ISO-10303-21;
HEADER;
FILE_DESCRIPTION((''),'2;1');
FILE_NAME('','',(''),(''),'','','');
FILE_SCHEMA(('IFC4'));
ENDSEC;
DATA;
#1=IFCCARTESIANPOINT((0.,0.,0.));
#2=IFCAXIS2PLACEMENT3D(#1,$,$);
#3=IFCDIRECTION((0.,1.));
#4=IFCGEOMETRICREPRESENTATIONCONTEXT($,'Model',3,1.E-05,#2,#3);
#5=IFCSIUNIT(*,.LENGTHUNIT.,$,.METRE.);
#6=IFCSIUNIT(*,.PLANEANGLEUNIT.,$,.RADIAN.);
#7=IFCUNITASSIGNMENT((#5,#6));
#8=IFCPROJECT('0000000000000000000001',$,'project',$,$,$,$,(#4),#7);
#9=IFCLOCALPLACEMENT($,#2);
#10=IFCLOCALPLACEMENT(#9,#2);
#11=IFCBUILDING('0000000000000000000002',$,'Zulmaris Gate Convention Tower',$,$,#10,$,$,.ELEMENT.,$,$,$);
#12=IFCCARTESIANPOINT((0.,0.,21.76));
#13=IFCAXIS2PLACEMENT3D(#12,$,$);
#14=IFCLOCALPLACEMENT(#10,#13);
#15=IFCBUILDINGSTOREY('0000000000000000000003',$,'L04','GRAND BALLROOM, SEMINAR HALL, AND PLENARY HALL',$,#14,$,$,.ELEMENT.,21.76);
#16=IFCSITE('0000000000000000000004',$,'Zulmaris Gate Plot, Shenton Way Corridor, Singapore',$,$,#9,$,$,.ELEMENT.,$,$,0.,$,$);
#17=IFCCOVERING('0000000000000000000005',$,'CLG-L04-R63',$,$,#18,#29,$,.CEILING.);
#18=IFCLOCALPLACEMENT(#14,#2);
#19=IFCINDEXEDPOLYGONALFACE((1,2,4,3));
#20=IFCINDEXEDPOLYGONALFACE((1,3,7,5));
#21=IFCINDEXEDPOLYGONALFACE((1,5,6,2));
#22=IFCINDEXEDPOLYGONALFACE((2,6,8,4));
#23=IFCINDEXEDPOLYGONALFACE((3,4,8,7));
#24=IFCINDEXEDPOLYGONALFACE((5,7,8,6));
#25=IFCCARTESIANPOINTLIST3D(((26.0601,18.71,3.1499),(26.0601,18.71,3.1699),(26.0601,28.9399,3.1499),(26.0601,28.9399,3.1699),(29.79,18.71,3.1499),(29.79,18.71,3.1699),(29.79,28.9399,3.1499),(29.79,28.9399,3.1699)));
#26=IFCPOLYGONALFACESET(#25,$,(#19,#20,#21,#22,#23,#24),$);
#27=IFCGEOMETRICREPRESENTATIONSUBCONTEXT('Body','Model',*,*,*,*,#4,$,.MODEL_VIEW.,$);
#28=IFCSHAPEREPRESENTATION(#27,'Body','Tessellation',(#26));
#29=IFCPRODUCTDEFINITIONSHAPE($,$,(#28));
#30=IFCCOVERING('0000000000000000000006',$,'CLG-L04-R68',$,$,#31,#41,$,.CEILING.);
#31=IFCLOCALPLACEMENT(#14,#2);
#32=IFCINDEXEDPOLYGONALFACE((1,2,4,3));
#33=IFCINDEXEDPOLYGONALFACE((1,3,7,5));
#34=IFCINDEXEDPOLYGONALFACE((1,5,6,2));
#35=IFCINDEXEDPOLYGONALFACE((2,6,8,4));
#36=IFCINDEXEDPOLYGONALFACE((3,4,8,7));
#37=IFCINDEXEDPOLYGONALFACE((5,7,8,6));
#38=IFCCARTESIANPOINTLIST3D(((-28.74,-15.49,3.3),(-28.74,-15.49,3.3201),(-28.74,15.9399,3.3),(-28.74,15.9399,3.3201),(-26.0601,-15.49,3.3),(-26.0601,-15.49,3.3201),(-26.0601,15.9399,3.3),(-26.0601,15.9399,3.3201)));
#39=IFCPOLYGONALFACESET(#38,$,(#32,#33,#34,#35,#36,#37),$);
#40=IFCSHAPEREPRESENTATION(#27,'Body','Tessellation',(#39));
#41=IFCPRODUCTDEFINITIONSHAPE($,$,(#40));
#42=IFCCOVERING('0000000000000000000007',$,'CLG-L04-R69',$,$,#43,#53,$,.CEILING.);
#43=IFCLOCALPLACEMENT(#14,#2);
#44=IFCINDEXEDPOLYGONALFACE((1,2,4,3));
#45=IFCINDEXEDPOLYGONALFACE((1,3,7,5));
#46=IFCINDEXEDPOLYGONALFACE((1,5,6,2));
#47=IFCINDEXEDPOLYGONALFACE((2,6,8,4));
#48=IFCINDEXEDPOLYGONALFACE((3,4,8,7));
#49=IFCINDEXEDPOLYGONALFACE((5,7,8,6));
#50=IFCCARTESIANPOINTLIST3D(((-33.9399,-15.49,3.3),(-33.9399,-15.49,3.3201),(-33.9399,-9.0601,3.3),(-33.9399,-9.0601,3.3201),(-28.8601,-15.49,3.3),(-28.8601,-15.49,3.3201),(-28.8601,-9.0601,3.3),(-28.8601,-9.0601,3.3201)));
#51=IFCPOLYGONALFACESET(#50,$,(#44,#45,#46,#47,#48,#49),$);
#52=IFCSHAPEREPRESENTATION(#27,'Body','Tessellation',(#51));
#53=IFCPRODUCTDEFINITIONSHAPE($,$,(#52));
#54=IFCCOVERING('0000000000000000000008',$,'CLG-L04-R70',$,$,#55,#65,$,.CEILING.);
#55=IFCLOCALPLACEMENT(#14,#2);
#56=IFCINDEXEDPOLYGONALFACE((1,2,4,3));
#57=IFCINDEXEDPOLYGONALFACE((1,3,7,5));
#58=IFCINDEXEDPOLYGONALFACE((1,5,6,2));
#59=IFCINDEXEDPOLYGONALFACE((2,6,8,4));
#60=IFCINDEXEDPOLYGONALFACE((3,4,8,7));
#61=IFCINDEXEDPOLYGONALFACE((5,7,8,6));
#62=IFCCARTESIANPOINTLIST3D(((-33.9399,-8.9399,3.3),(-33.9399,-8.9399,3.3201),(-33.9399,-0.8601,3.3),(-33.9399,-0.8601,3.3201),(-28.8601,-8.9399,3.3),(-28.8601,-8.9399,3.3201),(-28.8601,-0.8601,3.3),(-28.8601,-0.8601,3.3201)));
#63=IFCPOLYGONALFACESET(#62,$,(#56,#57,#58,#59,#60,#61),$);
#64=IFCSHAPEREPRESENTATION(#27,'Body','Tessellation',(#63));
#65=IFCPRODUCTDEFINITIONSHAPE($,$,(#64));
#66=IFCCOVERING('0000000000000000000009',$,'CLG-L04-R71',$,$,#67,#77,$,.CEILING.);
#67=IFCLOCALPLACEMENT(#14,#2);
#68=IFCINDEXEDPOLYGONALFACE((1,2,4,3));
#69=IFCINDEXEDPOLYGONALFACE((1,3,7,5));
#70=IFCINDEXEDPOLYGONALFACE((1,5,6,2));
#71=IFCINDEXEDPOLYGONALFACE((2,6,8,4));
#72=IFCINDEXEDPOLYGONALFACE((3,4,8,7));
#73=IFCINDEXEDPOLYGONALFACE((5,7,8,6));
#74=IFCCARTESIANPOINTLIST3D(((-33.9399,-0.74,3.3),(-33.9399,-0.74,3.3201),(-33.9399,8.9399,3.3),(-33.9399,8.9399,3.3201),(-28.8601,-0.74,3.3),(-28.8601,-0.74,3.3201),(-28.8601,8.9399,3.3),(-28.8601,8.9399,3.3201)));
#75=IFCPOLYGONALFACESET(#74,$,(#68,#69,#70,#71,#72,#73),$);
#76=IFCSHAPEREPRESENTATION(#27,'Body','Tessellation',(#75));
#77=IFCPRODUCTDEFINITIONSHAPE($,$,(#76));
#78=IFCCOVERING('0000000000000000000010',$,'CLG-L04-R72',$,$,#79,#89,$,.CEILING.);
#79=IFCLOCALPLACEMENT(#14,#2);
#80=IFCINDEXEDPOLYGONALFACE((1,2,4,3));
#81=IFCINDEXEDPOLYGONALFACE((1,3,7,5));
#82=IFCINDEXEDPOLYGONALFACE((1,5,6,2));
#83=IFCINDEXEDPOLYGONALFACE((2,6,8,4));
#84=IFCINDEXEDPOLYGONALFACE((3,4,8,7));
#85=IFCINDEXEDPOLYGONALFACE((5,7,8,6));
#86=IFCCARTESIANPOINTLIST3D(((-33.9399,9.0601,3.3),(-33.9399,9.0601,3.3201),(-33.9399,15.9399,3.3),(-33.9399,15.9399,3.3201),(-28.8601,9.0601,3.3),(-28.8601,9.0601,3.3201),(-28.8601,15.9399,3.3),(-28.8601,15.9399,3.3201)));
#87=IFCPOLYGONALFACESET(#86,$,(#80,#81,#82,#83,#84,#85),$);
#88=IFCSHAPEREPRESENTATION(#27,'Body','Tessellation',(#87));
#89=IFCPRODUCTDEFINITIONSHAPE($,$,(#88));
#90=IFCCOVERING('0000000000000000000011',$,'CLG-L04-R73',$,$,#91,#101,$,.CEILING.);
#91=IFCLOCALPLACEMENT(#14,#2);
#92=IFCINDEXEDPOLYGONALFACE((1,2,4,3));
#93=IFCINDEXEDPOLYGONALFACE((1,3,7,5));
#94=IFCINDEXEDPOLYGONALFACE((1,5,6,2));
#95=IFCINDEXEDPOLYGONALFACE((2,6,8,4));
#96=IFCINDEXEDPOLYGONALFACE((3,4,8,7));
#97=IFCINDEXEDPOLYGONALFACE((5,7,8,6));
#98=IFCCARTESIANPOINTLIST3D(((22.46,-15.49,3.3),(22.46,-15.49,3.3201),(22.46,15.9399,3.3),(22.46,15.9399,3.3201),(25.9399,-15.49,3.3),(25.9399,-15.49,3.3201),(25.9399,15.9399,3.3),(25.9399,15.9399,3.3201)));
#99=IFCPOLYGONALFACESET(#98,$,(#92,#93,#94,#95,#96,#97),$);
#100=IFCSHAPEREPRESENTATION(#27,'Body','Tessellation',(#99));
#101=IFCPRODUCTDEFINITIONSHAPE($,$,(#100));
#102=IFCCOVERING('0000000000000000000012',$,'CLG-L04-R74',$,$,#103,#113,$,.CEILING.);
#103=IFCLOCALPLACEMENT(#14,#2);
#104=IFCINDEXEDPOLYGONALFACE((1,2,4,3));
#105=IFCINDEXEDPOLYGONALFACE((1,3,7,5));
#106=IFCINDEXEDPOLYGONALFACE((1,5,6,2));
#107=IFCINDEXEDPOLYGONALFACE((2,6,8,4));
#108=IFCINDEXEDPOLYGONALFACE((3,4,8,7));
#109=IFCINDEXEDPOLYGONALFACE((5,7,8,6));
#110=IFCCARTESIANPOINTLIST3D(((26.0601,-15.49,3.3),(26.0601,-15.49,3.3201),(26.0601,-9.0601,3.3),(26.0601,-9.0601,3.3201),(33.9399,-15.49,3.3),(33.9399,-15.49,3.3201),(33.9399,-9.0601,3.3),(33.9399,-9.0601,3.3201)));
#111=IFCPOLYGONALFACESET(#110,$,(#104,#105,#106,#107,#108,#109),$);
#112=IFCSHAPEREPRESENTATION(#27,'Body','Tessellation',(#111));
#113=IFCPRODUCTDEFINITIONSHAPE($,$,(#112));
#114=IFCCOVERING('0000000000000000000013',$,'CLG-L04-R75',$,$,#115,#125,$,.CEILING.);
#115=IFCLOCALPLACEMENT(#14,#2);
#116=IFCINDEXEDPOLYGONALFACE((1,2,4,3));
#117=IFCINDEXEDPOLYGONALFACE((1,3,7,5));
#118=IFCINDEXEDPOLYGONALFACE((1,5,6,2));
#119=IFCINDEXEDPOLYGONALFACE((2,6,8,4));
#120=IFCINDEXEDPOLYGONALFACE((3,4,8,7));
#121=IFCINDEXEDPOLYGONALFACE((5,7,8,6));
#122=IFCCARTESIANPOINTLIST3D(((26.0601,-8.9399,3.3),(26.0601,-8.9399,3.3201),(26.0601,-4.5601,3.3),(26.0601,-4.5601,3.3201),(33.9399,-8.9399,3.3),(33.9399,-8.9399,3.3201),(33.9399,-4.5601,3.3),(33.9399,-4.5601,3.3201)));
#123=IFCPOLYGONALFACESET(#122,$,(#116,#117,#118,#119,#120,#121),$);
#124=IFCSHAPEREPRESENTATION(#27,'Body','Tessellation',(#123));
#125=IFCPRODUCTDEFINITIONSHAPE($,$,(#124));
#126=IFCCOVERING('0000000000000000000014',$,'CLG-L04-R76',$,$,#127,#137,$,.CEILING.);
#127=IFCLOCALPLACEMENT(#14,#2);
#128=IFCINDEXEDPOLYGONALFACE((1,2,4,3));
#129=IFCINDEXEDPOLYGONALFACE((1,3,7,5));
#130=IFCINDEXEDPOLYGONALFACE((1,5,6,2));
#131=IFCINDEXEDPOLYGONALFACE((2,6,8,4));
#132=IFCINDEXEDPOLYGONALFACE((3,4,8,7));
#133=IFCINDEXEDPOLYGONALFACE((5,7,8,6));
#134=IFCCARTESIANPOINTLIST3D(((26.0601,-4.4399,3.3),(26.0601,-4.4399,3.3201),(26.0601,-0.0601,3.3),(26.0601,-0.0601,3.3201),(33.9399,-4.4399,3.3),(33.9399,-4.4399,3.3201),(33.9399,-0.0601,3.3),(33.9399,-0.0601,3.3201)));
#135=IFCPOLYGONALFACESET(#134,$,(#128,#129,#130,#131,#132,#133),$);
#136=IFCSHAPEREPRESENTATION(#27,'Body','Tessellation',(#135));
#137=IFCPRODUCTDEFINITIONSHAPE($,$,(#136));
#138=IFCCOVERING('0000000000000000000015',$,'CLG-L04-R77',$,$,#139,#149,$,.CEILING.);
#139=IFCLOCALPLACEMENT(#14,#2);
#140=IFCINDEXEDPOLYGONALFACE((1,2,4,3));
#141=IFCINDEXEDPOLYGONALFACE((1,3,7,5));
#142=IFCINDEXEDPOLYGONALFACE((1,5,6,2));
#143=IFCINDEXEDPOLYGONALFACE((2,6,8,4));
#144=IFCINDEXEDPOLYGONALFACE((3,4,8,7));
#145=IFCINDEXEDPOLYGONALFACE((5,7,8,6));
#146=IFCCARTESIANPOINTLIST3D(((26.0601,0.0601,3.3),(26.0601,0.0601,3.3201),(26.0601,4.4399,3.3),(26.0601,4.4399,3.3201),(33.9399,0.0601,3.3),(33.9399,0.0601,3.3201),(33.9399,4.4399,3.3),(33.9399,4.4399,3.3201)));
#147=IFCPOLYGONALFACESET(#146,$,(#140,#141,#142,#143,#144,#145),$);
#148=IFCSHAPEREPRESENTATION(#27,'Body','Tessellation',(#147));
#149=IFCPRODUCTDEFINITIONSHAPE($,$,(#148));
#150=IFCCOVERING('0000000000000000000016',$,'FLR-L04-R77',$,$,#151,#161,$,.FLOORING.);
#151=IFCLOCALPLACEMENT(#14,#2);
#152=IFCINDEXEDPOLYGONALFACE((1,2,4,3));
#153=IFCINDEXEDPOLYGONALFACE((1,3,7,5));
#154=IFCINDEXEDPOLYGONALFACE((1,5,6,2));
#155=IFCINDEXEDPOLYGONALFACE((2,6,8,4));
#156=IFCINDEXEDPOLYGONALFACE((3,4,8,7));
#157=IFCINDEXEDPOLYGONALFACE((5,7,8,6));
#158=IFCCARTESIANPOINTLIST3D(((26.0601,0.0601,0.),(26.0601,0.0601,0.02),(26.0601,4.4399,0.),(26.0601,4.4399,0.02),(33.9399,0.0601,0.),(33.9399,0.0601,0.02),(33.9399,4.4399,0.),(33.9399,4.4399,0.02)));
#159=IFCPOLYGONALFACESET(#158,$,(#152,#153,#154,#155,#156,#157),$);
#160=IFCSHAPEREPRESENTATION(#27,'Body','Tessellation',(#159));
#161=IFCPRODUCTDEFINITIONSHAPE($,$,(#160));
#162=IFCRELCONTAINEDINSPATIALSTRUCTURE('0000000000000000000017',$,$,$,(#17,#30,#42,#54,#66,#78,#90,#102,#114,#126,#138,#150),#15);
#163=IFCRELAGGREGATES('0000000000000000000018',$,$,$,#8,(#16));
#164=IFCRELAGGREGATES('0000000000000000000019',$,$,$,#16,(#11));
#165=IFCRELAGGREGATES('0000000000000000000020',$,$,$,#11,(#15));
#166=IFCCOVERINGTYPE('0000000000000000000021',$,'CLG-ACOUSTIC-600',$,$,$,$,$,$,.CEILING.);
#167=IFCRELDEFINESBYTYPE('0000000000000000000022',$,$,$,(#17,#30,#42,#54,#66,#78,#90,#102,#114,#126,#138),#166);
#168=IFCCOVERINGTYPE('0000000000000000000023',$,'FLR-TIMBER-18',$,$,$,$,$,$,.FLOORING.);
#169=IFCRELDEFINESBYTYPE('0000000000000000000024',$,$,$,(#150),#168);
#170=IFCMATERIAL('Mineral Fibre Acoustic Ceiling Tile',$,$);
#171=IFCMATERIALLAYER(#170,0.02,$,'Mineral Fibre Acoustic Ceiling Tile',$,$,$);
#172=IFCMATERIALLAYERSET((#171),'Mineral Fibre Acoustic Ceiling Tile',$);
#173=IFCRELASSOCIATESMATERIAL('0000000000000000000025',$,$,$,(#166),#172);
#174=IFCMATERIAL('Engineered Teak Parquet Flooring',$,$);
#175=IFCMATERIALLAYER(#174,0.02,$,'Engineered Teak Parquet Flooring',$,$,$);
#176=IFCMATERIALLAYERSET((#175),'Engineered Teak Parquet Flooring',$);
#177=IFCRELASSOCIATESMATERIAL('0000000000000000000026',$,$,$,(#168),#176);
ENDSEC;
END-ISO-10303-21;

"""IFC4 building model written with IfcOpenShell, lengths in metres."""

from ifc_helpers import new_model, si_unit, direction, frame, origin, place, context, subcontext, project, spatial, polyline, outline, extrude, material, layer, layer_set, type_object, element, save


model = new_model("IFC4")

# Units and contexts
model_context = context("Model", 3, precision=1e-05, world=origin(), true_north=direction((0.0, 1.0)))
body_context = subcontext(model_context, "Body", "Model", "MODEL_VIEW")
ifc_project = project(units=[si_unit("LENGTHUNIT", "METRE"), si_unit("PLANEANGLEUNIT", "RADIAN")], contexts=[model_context])

# Site, building, storey
site_placement = place(None, origin())
site = spatial("IfcSite", under=ifc_project, at=site_placement, Name="Zulmaris Gate Plot, Shenton Way Corridor, Singapore", CompositionType="ELEMENT", RefElevation=0.0)
building_placement = place(site_placement, origin())
building = spatial("IfcBuilding", under=site, at=building_placement, Name="Zulmaris Gate Convention Tower", CompositionType="ELEMENT")
storey_placement = place(building_placement, frame((0.0, 0.0, 21.76)))
storey = spatial("IfcBuildingStorey", under=building, at=storey_placement, Name="L04", Description="GRAND BALLROOM, SEMINAR HALL, AND PLENARY HALL", CompositionType="ELEMENT", Elevation=21.76)

# Coverings
ifc_material_1 = material(Name="Mineral Fibre Acoustic Ceiling Tile")
ifc_layer_1 = layer(ifc_material_1, 0.02, Name="Mineral Fibre Acoustic Ceiling Tile")
ifc_layer_set_1 = layer_set([ifc_layer_1], Name="Mineral Fibre Acoustic Ceiling Tile")
covering_type_1 = type_object("IfcCoveringType", Name="CLG-ACOUSTIC-600", PredefinedType="CEILING", material=ifc_layer_set_1)
covering_1_placement = place(storey_placement, frame((0.0, 0.0, 3.1499)))
element("IfcCovering", 1, at=covering_1_placement, inside=storey, type_object=covering_type_1, Name="CLG-L04-R63", PredefinedType="CEILING", context=body_context, shape_type="SweptSolid", body=[
    extrude(outline(polyline([(26.0601, 18.71), (29.79, 18.71), (29.79, 28.9399), (26.0601, 28.9399), (26.0601, 18.71)])), origin(), (0.0, 0.0, 1.0), 0.02),
])
covering_2_placement = place(storey_placement, frame((0.0, 0.0, 3.3)))
element("IfcCovering", 2, at=covering_2_placement, inside=storey, type_object=covering_type_1, Name="CLG-L04-R68", PredefinedType="CEILING", context=body_context, shape_type="SweptSolid", body=[
    extrude(outline(polyline([(-28.74, -15.49), (-26.0601, -15.49), (-26.0601, 15.9399), (-28.74, 15.9399), (-28.74, -15.49)])), origin(), (0.0, 0.0, 1.0), 0.02),
])
covering_3_placement = place(storey_placement, frame((0.0, 0.0, 3.3)))
element("IfcCovering", 3, at=covering_3_placement, inside=storey, type_object=covering_type_1, Name="CLG-L04-R69", PredefinedType="CEILING", context=body_context, shape_type="SweptSolid", body=[
    extrude(outline(polyline([(-33.9399, -15.49), (-28.8601, -15.49), (-28.8601, -9.0601), (-33.9399, -9.0601), (-33.9399, -15.49)])), origin(), (0.0, 0.0, 1.0), 0.02),
])
covering_4_placement = place(storey_placement, frame((0.0, 0.0, 3.3)))
element("IfcCovering", 4, at=covering_4_placement, inside=storey, type_object=covering_type_1, Name="CLG-L04-R70", PredefinedType="CEILING", context=body_context, shape_type="SweptSolid", body=[
    extrude(outline(polyline([(-33.9399, -8.9399), (-28.8601, -8.9399), (-28.8601, -0.8601), (-33.9399, -0.8601), (-33.9399, -8.9399)])), origin(), (0.0, 0.0, 1.0), 0.02),
])
covering_5_placement = place(storey_placement, frame((0.0, 0.0, 3.3)))
element("IfcCovering", 5, at=covering_5_placement, inside=storey, type_object=covering_type_1, Name="CLG-L04-R71", PredefinedType="CEILING", context=body_context, shape_type="SweptSolid", body=[
    extrude(outline(polyline([(-33.9399, -0.74), (-28.8601, -0.74), (-28.8601, 8.9399), (-33.9399, 8.9399), (-33.9399, -0.74)])), origin(), (0.0, 0.0, 1.0), 0.02),
])
covering_6_placement = place(storey_placement, frame((0.0, 0.0, 3.3)))
element("IfcCovering", 6, at=covering_6_placement, inside=storey, type_object=covering_type_1, Name="CLG-L04-R72", PredefinedType="CEILING", context=body_context, shape_type="SweptSolid", body=[
    extrude(outline(polyline([(-33.9399, 9.0601), (-28.8601, 9.0601), (-28.8601, 15.9399), (-33.9399, 15.9399), (-33.9399, 9.0601)])), origin(), (0.0, 0.0, 1.0), 0.02),
])
covering_7_placement = place(storey_placement, frame((0.0, 0.0, 3.3)))
element("IfcCovering", 7, at=covering_7_placement, inside=storey, type_object=covering_type_1, Name="CLG-L04-R73", PredefinedType="CEILING", context=body_context, shape_type="SweptSolid", body=[
    extrude(outline(polyline([(22.46, -15.49), (25.9399, -15.49), (25.9399, 15.9399), (22.46, 15.9399), (22.46, -15.49)])), origin(), (0.0, 0.0, 1.0), 0.02),
])
covering_8_placement = place(storey_placement, frame((0.0, 0.0, 3.3)))
element("IfcCovering", 8, at=covering_8_placement, inside=storey, type_object=covering_type_1, Name="CLG-L04-R74", PredefinedType="CEILING", context=body_context, shape_type="SweptSolid", body=[
    extrude(outline(polyline([(26.0601, -15.49), (33.9399, -15.49), (33.9399, -9.0601), (26.0601, -9.0601), (26.0601, -15.49)])), origin(), (0.0, 0.0, 1.0), 0.02),
])
covering_9_placement = place(storey_placement, frame((0.0, 0.0, 3.3)))
element("IfcCovering", 9, at=covering_9_placement, inside=storey, type_object=covering_type_1, Name="CLG-L04-R75", PredefinedType="CEILING", context=body_context, shape_type="SweptSolid", body=[
    extrude(outline(polyline([(26.0601, -8.9399), (33.9399, -8.9399), (33.9399, -4.5601), (26.0601, -4.5601), (26.0601, -8.9399)])), origin(), (0.0, 0.0, 1.0), 0.02),
])
covering_10_placement = place(storey_placement, frame((0.0, 0.0, 3.3)))
element("IfcCovering", 10, at=covering_10_placement, inside=storey, type_object=covering_type_1, Name="CLG-L04-R76", PredefinedType="CEILING", context=body_context, shape_type="SweptSolid", body=[
    extrude(outline(polyline([(26.0601, -4.4399), (33.9399, -4.4399), (33.9399, -0.0601), (26.0601, -0.0601), (26.0601, -4.4399)])), origin(), (0.0, 0.0, 1.0), 0.02),
])
covering_11_placement = place(storey_placement, frame((0.0, 0.0, 3.3)))
element("IfcCovering", 11, at=covering_11_placement, inside=storey, type_object=covering_type_1, Name="CLG-L04-R77", PredefinedType="CEILING", context=body_context, shape_type="SweptSolid", body=[
    extrude(outline(polyline([(26.0601, 0.0601), (33.9399, 0.0601), (33.9399, 4.4399), (26.0601, 4.4399), (26.0601, 0.0601)])), origin(), (0.0, 0.0, 1.0), 0.02),
])
ifc_material_2 = material(Name="Engineered Teak Parquet Flooring")
ifc_layer_2 = layer(ifc_material_2, 0.02, Name="Engineered Teak Parquet Flooring")
ifc_layer_set_2 = layer_set([ifc_layer_2], Name="Engineered Teak Parquet Flooring")
covering_type_2 = type_object("IfcCoveringType", Name="FLR-TIMBER-18", PredefinedType="FLOORING", material=ifc_layer_set_2)
covering_12_placement = place(storey_placement, origin())
element("IfcCovering", 12, at=covering_12_placement, inside=storey, type_object=covering_type_2, Name="FLR-L04-R77", PredefinedType="FLOORING", context=body_context, shape_type="SweptSolid", body=[
    extrude(outline(polyline([(26.0601, 0.0601), (33.9399, 0.0601), (33.9399, 4.4399), (26.0601, 4.4399), (26.0601, 0.0601)])), origin(), (0.0, 0.0, 1.0), 0.02),
])

save(model, "model.ifc")
